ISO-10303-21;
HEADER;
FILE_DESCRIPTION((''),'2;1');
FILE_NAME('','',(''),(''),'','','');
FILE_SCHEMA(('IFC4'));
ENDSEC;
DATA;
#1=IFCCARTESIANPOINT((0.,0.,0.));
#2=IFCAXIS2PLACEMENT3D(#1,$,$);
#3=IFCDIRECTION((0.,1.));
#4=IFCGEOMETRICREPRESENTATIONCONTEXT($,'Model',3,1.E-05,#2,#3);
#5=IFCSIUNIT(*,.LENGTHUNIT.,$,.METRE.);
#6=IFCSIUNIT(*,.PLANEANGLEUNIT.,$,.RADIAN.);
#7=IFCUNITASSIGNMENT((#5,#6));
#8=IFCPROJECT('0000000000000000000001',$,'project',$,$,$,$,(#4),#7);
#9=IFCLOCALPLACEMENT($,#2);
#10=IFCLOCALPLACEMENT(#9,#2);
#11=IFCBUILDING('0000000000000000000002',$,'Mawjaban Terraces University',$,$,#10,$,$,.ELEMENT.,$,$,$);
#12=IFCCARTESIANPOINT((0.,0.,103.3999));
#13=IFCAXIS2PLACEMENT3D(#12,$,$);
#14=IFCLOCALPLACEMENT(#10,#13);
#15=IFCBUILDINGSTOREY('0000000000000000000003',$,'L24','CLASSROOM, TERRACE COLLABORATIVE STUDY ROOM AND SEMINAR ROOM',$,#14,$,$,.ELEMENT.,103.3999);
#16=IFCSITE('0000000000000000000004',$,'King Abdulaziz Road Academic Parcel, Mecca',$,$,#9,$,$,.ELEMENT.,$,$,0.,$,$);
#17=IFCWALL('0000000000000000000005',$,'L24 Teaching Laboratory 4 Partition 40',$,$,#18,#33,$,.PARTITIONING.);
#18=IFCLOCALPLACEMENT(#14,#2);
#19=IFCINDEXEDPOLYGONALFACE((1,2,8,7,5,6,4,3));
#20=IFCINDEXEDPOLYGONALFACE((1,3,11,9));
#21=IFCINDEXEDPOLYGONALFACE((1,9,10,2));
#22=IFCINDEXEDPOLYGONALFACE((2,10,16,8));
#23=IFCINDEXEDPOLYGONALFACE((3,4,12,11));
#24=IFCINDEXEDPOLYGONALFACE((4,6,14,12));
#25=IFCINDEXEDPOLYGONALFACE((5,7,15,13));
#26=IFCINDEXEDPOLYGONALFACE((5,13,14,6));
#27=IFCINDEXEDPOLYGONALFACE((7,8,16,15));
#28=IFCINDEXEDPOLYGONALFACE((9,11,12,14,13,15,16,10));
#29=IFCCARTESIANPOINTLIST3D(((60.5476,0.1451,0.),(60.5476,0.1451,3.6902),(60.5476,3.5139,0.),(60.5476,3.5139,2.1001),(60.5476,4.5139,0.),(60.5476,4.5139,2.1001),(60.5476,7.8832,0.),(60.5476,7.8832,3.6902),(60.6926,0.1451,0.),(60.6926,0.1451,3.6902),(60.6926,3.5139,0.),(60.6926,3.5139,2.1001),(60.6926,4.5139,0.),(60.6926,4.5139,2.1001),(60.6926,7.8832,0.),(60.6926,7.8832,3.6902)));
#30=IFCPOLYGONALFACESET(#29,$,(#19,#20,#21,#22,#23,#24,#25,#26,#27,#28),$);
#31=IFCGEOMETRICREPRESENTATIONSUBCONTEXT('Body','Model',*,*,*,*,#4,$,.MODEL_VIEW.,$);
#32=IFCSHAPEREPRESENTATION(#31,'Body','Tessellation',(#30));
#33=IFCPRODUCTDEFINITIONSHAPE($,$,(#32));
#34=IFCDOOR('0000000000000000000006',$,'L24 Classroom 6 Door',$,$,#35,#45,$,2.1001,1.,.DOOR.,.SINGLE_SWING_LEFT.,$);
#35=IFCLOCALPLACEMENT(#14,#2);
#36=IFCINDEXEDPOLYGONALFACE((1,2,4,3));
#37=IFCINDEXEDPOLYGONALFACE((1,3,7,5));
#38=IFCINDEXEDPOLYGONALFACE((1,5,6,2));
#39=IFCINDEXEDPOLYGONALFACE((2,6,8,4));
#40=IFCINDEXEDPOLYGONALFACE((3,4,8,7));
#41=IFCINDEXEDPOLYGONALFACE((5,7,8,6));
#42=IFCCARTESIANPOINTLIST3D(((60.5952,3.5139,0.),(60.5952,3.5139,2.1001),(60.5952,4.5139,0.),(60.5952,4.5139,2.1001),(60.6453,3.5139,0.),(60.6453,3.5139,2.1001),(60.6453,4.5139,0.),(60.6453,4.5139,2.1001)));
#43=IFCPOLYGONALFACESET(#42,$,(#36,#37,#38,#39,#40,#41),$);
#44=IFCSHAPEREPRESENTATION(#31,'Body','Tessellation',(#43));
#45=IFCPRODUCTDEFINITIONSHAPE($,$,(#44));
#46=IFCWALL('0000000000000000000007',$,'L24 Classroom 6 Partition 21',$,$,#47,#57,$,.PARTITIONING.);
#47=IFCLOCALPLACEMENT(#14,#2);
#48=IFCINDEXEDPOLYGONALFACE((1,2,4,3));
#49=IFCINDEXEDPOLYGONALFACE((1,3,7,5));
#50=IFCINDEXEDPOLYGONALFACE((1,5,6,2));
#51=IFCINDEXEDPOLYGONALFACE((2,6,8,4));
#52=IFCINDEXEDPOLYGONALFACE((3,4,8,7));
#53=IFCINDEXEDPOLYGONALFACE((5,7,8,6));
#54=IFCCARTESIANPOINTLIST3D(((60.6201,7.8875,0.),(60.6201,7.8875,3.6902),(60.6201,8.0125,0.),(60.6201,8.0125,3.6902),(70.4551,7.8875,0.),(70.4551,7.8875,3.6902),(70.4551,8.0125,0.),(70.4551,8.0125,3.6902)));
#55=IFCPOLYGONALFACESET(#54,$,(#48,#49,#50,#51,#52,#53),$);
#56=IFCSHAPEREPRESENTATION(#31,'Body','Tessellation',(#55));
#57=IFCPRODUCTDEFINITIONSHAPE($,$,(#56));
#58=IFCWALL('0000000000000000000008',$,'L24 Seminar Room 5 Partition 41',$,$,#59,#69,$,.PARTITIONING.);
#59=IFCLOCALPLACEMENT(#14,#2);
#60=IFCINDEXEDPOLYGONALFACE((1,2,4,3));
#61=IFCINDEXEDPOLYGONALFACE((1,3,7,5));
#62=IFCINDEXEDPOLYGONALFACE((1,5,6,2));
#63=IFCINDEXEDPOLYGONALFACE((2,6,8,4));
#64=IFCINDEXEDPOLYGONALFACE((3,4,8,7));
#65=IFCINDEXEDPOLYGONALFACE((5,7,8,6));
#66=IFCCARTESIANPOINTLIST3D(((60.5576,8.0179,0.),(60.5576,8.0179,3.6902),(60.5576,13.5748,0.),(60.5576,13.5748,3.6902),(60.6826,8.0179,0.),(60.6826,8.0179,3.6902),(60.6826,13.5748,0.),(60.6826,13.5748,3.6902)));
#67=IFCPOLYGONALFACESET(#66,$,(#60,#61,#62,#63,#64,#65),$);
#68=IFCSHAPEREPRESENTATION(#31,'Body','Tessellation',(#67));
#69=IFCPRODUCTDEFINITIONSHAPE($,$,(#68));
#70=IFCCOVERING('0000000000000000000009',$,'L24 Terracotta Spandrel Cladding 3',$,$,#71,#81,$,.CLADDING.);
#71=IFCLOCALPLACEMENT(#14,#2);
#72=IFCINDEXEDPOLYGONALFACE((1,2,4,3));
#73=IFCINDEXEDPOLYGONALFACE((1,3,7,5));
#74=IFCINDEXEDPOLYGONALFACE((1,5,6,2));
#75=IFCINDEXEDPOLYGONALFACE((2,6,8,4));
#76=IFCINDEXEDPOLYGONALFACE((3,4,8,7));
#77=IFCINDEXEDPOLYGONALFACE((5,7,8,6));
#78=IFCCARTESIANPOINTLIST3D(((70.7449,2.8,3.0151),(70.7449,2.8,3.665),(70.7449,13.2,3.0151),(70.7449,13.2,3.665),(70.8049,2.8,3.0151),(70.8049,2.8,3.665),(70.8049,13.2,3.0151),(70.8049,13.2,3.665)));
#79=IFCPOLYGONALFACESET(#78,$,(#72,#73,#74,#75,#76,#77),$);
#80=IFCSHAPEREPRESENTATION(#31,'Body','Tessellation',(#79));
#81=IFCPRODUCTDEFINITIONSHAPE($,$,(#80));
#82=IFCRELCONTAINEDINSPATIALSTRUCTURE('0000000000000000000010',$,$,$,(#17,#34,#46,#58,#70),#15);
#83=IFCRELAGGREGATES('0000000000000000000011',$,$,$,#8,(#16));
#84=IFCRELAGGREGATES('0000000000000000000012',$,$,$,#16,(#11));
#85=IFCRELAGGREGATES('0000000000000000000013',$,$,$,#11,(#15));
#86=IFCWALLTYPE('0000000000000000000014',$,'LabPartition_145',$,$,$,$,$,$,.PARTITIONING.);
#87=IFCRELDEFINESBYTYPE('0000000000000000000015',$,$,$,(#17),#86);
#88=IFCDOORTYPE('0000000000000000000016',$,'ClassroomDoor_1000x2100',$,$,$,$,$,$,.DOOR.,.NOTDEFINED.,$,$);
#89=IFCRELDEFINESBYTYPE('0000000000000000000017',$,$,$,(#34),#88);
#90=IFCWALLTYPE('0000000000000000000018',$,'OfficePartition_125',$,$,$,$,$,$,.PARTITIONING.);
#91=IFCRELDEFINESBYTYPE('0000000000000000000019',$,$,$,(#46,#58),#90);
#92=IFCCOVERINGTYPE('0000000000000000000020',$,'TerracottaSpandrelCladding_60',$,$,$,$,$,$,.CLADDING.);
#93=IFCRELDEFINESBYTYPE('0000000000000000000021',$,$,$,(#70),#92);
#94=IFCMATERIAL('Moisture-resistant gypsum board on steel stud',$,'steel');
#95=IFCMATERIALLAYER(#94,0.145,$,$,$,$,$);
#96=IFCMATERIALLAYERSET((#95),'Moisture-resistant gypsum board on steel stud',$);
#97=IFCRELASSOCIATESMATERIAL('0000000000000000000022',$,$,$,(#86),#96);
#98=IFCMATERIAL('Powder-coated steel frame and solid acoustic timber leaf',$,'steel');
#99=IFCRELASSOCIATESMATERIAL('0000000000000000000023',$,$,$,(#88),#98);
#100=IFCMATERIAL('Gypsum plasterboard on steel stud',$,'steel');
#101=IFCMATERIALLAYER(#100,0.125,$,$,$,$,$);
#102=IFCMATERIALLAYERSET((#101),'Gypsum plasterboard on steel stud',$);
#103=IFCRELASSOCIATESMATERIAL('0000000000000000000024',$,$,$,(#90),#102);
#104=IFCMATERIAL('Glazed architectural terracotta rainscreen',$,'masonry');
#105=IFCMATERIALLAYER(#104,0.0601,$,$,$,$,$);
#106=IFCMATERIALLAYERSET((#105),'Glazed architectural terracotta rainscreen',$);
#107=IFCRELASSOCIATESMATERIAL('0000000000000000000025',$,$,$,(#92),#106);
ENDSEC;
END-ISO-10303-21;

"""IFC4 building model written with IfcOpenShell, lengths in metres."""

from ifc_helpers import new_model, si_unit, direction, frame, frame_2d, origin, origin_2d, place, context, subcontext, project, spatial, rectangle, extrude, material, layer, layer_set, type_object, element, fill, save


model = new_model("IFC4")

# Units and contexts
model_context = context("Model", 3, precision=1e-05, world=origin(), true_north=direction((0.0, 1.0)))
body_context = subcontext(model_context, "Body", "Model", "MODEL_VIEW")
ifc_project = project(units=[si_unit("LENGTHUNIT", "METRE"), si_unit("PLANEANGLEUNIT", "RADIAN")], contexts=[model_context])

# Site, building, storey
site_placement = place(None, origin())
site = spatial("IfcSite", under=ifc_project, at=site_placement, Name="King Abdulaziz Road Academic Parcel, Mecca", CompositionType="ELEMENT", RefElevation=0.0)
building_placement = place(site_placement, origin())
building = spatial("IfcBuilding", under=site, at=building_placement, Name="Mawjaban Terraces University", CompositionType="ELEMENT")
storey_placement = place(building_placement, frame((0.0, 0.0, 103.3999)))
storey = spatial("IfcBuildingStorey", under=building, at=storey_placement, Name="L24", Description="CLASSROOM, TERRACE COLLABORATIVE STUDY ROOM AND SEMINAR ROOM", CompositionType="ELEMENT", Elevation=103.3999)

# Shared definitions
ifc_material_1 = material(Name="Powder-coated steel frame and solid acoustic timber leaf", Category="steel")

# Shared definitions
ifc_material_2 = material(Name="Moisture-resistant gypsum board on steel stud", Category="steel")
ifc_layer_1 = layer(ifc_material_2, 0.145)
ifc_layer_set_1 = layer_set([ifc_layer_1], Name="Moisture-resistant gypsum board on steel stud")
wall_type_1 = type_object("IfcWallType", Name="LabPartition_145", PredefinedType="PARTITIONING", material=ifc_layer_set_1)

# Wall, opening, door
wall_1_placement = place(storey_placement, frame((60.6201, 0.145, 0.0), z_axis=(0.0, 0.0, 1.0), x_axis=(0.0, 1.0, 0.0)))
wall_1 = element("IfcWall", 1, at=wall_1_placement, inside=storey, type_object=wall_type_1, Name="L24 Teaching Laboratory 4 Partition 40", PredefinedType="PARTITIONING", context=body_context, shape_type="SweptSolid", body=[
    extrude(rectangle(XDim=7.738, YDim=0.145, at=frame_2d((3.8691, 0.0))), origin(), (0.0, 0.0, 1.0), 3.6902),
])
opening_1_placement = place(wall_1_placement, frame((3.3689, 0.0, 0.0)))
opening_1 = element("IfcOpeningElement", 2, at=opening_1_placement, cuts=wall_1, PredefinedType="OPENING", context=body_context, shape_type="SweptSolid", body=[
    extrude(rectangle(XDim=1.0, YDim=2.1001, at=frame_2d((0.5, 1.05))), frame((0.0, 0.0825, 0.0), z_axis=(0.0, -1.0, 0.0), x_axis=(1.0, 0.0, 0.0)), (0.0, 0.0, 1.0), 0.165),
])
door_type_1 = type_object("IfcDoorType", Name="ClassroomDoor_1000x2100", OperationType="NOTDEFINED", PredefinedType="DOOR", material=ifc_material_1)
door_1_placement = place(opening_1_placement, origin())
door_1 = element("IfcDoor", 3, at=door_1_placement, inside=storey, type_object=door_type_1, Name="L24 Classroom 6 Door", OperationType="SINGLE_SWING_LEFT", OverallHeight=2.1001, OverallWidth=1.0, PredefinedType="DOOR", context=body_context, shape_type="SweptSolid", body=[
    extrude(rectangle(XDim=1.0, YDim=2.1001, at=frame_2d((0.5, 1.05))), frame((0.0, 0.0249, 0.0), z_axis=(0.0, -1.0, 0.0), x_axis=(1.0, 0.0, 0.0)), (0.0, 0.0, 1.0), 0.05),
])
fill(opening_1, door_1)

# Walls
ifc_material_3 = material(Name="Gypsum plasterboard on steel stud", Category="steel")
ifc_layer_2 = layer(ifc_material_3, 0.125)
ifc_layer_set_2 = layer_set([ifc_layer_2], Name="Gypsum plasterboard on steel stud")
wall_type_2 = type_object("IfcWallType", Name="OfficePartition_125", PredefinedType="PARTITIONING", material=ifc_layer_set_2)
wall_2_placement = place(storey_placement, frame((70.4551, 7.95, 0.0), z_axis=(0.0, 0.0, 1.0), x_axis=(-1.0, 0.0, 0.0)))
element("IfcWall", 4, at=wall_2_placement, inside=storey, type_object=wall_type_2, Name="L24 Classroom 6 Partition 21", PredefinedType="PARTITIONING", context=body_context, shape_type="SweptSolid", body=[
    extrude(rectangle(XDim=9.835, YDim=0.125, at=frame_2d((4.9175, 0.0))), origin(), (0.0, 0.0, 1.0), 3.6902),
])
wall_3_placement = place(storey_placement, frame((60.6201, 8.0181, 0.0), z_axis=(0.0, 0.0, 1.0), x_axis=(0.0, 1.0, 0.0)))
element("IfcWall", 5, at=wall_3_placement, inside=storey, type_object=wall_type_2, Name="L24 Seminar Room 5 Partition 41", PredefinedType="PARTITIONING", context=body_context, shape_type="SweptSolid", body=[
    extrude(rectangle(XDim=5.5569, YDim=0.125, at=frame_2d((2.7783, 0.0))), origin(), (0.0, 0.0, 1.0), 3.6902),
])

# Covering
ifc_material_4 = material(Name="Glazed architectural terracotta rainscreen", Category="masonry")
ifc_layer_3 = layer(ifc_material_4, 0.0601)
ifc_layer_set_3 = layer_set([ifc_layer_3], Name="Glazed architectural terracotta rainscreen")
covering_type = type_object("IfcCoveringType", Name="TerracottaSpandrelCladding_60", PredefinedType="CLADDING", material=ifc_layer_set_3)
covering_placement = place(storey_placement, frame((70.7749, 8.0, 3.0151), z_axis=(0.0, 0.0, 1.0), x_axis=(0.0, 1.0, 0.0)))
element("IfcCovering", 6, at=covering_placement, inside=storey, type_object=covering_type, Name="L24 Terracotta Spandrel Cladding 3", PredefinedType="CLADDING", context=body_context, shape_type="SweptSolid", body=[
    extrude(rectangle(XDim=10.3999, YDim=0.0601, at=origin_2d()), origin(), (0.0, 0.0, 1.0), 0.6499),
])

save(model, "model.ifc")
